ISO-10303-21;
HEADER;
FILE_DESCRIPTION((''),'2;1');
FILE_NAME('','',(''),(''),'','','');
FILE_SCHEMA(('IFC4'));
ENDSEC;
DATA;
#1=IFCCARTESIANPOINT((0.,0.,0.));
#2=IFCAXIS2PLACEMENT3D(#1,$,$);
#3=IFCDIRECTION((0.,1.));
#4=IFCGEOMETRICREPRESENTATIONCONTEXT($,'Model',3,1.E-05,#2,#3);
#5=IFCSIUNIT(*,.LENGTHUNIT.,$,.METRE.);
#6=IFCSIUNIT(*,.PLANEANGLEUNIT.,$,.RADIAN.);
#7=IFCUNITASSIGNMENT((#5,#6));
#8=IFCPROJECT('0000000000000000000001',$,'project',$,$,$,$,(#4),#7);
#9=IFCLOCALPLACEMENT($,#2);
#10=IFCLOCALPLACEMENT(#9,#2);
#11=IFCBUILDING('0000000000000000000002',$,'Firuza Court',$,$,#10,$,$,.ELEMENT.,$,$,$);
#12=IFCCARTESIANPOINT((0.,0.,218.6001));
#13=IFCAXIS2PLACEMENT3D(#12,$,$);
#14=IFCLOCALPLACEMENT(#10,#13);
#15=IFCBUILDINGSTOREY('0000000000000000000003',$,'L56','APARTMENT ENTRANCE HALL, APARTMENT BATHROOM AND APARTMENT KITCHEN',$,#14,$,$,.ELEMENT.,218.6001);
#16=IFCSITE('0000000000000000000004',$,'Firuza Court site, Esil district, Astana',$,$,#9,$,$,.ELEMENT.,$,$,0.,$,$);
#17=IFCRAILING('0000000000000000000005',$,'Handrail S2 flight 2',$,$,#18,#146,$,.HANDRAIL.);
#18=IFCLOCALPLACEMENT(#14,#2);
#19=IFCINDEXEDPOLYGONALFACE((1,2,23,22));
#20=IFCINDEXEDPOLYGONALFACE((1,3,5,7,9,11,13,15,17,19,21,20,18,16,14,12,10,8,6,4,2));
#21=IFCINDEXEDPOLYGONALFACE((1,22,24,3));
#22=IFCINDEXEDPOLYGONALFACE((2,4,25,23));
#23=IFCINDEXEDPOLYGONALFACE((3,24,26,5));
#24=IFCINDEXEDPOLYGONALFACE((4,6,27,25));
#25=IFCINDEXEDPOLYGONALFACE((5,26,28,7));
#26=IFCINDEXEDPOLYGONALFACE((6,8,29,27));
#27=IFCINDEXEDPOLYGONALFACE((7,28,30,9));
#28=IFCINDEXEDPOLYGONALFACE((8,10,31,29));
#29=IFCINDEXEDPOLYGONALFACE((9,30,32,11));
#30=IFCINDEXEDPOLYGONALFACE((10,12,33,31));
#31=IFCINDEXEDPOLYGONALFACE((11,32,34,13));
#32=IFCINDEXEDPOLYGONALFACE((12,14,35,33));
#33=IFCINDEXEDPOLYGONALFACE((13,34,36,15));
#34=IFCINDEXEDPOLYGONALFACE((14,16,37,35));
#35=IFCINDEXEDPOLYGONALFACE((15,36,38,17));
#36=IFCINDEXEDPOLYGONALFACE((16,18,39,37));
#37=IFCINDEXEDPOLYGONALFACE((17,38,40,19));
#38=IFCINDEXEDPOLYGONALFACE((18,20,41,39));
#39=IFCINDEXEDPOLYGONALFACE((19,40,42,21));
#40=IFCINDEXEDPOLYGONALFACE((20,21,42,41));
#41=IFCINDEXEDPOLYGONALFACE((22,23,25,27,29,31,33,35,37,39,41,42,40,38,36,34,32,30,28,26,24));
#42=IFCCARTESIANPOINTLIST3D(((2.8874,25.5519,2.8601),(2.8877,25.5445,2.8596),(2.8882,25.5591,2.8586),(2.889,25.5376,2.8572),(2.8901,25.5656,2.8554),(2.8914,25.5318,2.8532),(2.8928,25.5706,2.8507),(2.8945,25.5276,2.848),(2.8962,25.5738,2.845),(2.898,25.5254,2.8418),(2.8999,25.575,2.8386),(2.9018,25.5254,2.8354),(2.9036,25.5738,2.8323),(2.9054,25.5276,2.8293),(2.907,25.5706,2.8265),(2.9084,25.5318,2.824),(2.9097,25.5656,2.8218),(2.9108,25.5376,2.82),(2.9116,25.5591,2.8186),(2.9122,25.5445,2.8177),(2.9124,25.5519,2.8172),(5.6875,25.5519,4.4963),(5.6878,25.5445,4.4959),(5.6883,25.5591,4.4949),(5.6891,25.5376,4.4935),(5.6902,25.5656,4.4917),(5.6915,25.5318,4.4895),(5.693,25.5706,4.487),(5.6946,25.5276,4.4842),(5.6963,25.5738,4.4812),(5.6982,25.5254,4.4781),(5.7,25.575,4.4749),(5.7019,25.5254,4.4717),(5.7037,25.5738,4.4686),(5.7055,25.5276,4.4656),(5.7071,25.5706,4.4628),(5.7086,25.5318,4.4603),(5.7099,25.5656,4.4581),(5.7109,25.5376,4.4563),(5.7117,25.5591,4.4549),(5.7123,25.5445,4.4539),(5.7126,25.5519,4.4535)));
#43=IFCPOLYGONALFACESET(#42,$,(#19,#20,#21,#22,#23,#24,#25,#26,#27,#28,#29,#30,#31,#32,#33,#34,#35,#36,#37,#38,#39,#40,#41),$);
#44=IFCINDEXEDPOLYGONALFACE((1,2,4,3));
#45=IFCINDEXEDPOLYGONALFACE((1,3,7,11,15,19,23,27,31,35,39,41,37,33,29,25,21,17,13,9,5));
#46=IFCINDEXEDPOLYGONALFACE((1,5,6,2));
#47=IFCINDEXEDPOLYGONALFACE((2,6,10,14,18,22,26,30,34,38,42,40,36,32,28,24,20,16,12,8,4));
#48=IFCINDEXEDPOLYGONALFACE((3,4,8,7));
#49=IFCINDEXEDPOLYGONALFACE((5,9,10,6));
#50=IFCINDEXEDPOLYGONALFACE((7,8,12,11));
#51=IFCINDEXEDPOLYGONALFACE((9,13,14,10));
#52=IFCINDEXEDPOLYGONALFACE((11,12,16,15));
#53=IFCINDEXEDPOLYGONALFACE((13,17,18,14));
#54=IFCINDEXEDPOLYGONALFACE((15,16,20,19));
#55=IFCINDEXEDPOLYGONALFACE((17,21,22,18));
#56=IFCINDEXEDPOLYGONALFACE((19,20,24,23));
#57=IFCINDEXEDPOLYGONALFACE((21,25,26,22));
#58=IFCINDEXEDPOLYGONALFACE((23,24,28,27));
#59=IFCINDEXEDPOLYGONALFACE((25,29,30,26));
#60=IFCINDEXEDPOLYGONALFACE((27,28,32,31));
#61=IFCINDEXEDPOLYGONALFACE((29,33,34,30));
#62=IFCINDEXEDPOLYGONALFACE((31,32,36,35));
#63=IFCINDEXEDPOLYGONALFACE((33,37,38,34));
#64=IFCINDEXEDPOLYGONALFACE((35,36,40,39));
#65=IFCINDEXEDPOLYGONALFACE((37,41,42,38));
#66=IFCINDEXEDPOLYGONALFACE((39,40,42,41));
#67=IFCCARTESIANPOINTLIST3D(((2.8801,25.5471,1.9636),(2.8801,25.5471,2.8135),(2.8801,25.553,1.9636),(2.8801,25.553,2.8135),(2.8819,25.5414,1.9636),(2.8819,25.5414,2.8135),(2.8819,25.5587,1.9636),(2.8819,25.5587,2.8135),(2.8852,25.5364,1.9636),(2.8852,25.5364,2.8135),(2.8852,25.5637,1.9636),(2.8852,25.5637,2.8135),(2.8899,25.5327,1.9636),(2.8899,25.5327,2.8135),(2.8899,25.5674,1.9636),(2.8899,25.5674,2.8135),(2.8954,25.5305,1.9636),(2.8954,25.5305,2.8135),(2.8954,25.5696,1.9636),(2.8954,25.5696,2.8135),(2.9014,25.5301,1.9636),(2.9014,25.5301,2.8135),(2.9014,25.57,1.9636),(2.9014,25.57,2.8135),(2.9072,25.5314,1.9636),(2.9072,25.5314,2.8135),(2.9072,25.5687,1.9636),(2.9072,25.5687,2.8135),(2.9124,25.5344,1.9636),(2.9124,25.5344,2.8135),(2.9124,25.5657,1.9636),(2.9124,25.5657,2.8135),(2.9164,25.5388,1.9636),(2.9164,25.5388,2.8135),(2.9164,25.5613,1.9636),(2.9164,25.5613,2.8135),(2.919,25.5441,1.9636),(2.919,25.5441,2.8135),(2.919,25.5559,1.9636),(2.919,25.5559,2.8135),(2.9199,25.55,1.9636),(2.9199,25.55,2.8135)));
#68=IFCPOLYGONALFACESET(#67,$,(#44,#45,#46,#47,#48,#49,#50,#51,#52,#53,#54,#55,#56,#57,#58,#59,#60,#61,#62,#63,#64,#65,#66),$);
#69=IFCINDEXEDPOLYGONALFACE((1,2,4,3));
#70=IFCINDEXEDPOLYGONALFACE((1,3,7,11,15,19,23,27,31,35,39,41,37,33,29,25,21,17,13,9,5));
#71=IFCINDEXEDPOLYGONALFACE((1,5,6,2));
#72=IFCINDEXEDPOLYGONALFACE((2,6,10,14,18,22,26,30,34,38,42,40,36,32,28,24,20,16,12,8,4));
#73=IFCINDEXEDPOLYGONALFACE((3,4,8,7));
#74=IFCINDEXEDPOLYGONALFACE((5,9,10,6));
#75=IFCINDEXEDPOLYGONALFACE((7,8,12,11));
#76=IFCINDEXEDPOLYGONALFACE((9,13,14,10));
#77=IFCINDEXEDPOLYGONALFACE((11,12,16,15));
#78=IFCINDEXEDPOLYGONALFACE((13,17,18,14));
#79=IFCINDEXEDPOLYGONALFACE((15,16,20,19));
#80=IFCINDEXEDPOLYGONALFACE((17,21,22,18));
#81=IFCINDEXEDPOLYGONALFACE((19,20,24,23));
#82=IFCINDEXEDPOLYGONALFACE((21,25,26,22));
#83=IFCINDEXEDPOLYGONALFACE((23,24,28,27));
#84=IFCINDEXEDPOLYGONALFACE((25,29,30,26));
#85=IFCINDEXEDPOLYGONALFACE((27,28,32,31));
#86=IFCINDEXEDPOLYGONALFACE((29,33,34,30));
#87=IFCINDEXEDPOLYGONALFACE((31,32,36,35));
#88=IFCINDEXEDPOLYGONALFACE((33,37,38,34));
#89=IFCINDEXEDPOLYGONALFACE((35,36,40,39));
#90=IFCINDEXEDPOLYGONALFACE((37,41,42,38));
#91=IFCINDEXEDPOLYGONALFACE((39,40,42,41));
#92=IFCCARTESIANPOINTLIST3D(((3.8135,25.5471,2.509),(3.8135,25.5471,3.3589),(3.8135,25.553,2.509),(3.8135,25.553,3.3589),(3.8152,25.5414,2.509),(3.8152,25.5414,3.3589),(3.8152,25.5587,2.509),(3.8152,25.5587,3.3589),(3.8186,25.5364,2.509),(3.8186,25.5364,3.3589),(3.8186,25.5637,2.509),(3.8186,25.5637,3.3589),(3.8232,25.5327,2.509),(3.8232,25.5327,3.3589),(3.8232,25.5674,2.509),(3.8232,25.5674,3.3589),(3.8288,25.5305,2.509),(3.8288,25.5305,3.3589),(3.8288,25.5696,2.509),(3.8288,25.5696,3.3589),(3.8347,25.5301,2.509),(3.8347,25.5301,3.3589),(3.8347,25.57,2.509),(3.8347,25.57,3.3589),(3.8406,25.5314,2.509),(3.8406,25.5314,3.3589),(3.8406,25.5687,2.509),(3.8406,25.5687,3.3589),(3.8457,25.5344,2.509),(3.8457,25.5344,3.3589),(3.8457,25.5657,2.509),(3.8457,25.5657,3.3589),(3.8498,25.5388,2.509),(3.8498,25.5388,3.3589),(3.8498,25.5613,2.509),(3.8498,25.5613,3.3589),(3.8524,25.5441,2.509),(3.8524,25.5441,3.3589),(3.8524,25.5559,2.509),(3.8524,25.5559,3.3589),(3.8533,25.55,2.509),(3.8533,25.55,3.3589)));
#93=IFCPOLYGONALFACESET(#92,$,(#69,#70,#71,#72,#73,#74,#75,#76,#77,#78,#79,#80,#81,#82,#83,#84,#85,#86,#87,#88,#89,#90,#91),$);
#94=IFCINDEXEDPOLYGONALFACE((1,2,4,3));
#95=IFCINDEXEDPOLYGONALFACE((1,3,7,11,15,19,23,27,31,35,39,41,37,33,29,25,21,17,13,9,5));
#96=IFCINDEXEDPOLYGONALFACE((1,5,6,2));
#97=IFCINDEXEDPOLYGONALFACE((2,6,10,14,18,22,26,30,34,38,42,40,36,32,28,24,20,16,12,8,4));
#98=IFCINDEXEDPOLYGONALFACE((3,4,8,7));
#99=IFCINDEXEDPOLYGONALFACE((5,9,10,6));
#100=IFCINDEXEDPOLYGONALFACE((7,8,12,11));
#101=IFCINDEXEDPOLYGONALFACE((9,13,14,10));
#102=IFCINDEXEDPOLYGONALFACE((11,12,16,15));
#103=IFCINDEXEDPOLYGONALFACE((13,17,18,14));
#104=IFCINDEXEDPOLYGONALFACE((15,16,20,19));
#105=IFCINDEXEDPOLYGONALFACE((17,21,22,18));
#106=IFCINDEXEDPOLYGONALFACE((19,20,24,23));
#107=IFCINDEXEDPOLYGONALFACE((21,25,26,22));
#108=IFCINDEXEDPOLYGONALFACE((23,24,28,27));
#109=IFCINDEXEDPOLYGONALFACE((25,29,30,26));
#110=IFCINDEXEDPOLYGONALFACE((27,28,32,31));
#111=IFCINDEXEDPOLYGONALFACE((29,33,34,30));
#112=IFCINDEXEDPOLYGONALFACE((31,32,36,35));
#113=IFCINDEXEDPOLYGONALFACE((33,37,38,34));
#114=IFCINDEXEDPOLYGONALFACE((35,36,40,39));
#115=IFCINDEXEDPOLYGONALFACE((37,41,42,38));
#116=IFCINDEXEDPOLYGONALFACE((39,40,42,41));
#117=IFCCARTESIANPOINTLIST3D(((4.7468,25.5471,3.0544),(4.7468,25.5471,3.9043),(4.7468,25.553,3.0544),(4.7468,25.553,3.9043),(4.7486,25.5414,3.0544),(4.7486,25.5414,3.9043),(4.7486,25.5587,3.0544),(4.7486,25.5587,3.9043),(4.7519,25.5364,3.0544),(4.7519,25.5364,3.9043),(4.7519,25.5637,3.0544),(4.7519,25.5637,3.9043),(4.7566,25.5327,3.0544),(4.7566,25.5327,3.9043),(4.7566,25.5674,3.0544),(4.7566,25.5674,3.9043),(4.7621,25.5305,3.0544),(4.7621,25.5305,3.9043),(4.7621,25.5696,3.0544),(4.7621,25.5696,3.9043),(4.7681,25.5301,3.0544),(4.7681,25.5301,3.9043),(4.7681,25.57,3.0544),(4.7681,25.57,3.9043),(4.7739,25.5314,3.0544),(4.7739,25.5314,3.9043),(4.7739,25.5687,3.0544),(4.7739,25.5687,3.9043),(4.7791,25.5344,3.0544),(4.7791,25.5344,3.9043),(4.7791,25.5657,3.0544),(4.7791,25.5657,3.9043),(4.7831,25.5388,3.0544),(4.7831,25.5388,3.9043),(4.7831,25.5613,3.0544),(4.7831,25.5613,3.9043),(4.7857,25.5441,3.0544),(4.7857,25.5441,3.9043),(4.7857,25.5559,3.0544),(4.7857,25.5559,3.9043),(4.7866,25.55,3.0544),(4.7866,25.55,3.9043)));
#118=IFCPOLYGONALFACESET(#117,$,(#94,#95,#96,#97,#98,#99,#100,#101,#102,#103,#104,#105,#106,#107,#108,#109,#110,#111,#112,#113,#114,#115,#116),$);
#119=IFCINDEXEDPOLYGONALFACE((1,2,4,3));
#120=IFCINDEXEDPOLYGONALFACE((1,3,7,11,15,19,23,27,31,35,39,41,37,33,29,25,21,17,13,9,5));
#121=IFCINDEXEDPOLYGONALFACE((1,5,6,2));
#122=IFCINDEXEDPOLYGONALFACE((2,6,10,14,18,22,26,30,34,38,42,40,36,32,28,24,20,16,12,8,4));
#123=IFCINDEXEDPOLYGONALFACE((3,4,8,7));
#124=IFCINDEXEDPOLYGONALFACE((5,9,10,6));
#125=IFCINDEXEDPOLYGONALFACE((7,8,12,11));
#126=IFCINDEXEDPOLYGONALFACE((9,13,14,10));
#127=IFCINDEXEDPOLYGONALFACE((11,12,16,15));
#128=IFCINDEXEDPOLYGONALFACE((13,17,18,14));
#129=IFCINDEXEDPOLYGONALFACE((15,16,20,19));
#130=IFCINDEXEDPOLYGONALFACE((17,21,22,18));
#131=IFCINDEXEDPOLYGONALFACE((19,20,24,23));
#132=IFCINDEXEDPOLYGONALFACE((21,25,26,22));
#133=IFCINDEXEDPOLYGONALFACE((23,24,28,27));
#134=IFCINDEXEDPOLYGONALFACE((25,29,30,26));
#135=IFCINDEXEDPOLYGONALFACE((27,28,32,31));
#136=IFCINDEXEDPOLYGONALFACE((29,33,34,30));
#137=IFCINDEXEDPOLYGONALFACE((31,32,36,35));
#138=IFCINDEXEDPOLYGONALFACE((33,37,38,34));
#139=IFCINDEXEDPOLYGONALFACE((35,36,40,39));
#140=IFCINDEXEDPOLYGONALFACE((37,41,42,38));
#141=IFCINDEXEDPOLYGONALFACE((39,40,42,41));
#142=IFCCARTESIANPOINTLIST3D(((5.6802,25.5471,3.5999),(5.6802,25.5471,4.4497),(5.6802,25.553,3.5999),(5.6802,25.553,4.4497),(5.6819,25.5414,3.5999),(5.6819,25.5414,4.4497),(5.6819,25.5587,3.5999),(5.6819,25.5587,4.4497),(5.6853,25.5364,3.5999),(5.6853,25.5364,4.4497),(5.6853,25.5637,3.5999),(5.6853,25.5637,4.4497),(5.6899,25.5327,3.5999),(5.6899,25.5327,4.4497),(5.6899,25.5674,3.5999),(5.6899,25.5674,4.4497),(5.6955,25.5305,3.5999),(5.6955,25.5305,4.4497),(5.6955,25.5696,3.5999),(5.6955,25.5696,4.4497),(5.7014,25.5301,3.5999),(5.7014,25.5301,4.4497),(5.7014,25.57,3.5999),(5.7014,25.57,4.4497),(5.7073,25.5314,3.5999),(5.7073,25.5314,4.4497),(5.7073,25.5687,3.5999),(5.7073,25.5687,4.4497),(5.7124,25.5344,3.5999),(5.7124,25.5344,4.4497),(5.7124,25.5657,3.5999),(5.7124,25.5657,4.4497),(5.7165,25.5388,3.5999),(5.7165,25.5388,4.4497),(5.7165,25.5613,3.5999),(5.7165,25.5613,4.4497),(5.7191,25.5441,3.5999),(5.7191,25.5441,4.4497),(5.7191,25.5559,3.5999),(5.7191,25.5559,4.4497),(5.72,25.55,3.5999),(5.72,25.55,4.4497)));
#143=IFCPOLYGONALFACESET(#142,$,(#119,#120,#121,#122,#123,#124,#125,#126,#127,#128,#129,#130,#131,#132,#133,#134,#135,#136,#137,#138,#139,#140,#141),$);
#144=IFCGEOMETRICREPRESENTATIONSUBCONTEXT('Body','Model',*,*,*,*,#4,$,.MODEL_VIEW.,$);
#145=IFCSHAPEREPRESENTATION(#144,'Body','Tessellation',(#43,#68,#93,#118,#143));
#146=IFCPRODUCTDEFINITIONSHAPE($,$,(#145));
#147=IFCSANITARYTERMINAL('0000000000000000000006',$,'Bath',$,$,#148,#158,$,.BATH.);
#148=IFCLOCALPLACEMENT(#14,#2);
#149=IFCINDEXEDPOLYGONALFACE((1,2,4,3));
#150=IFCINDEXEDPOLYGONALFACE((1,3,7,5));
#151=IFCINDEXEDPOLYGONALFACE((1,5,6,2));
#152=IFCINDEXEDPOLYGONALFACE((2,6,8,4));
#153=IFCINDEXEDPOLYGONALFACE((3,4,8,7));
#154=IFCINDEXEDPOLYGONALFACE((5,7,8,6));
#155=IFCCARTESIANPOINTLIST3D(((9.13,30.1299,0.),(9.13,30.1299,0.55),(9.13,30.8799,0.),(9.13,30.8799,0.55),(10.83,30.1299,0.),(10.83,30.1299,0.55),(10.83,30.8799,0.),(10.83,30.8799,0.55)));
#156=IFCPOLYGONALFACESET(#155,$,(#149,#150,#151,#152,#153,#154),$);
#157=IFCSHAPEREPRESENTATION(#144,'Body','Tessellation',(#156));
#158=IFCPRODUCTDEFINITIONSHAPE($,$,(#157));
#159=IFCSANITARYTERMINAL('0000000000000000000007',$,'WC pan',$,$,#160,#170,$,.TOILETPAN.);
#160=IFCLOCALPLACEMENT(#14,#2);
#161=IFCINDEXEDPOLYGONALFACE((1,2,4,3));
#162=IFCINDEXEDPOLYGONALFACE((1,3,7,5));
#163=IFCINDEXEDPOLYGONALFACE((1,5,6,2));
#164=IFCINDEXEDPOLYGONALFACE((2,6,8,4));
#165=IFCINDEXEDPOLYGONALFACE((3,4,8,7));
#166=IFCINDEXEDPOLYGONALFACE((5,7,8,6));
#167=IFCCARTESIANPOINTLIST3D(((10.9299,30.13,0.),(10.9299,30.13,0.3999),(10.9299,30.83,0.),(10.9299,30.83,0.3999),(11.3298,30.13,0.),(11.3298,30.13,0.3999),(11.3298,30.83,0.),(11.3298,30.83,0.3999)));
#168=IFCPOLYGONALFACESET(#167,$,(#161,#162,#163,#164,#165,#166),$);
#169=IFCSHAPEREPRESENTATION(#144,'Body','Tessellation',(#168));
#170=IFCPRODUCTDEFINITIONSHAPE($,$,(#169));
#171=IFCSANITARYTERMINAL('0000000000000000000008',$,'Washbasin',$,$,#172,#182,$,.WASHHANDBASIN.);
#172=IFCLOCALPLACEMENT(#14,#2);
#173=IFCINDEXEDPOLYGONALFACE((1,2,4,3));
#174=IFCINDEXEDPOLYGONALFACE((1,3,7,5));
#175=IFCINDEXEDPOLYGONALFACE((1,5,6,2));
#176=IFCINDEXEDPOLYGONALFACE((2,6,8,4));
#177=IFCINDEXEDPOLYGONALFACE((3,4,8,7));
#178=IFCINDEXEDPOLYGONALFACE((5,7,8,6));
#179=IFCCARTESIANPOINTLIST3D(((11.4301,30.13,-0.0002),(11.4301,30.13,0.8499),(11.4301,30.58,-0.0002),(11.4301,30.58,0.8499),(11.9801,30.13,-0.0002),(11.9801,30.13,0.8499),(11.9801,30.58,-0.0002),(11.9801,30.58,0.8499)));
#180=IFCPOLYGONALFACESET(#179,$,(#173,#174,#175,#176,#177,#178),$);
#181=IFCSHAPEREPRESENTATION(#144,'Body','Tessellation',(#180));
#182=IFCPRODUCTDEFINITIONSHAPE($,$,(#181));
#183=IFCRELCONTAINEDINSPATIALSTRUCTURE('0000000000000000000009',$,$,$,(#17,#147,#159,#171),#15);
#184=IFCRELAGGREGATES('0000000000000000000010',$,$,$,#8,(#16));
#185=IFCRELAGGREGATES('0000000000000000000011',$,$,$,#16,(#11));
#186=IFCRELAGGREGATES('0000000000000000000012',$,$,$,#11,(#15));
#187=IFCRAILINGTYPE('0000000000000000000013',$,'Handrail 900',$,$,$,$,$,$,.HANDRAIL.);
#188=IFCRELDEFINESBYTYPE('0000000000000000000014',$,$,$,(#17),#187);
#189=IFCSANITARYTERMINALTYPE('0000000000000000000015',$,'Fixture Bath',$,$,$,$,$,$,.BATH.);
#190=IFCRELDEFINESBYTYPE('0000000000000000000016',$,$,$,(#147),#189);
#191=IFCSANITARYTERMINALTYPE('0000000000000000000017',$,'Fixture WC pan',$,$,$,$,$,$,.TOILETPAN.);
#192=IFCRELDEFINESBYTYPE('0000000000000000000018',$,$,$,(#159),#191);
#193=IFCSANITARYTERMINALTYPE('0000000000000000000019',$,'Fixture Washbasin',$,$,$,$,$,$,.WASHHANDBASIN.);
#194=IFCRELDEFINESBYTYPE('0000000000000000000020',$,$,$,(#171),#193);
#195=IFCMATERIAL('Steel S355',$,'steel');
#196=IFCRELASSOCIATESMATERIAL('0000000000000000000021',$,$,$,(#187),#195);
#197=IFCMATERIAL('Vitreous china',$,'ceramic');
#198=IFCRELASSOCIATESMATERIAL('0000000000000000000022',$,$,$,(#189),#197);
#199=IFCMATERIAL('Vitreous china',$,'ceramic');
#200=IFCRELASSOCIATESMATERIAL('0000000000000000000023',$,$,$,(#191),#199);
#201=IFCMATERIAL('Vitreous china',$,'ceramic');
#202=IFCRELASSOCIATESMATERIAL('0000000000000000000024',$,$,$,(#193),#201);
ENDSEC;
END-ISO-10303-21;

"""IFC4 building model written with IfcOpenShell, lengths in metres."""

from ifc_helpers import new_model, si_unit, direction, frame, origin, origin_2d, place, context, subcontext, project, spatial, rectangle, circle, extrude, material, type_object, element, save


model = new_model("IFC4")

# Units and contexts
model_context = context("Model", 3, precision=1e-05, world=origin(), true_north=direction((0.0, 1.0)))
body_context = subcontext(model_context, "Body", "Model", "MODEL_VIEW")
ifc_project = project(units=[si_unit("LENGTHUNIT", "METRE"), si_unit("PLANEANGLEUNIT", "RADIAN")], contexts=[model_context])

# Site, building, storey
site_placement = place(None, origin())
site = spatial("IfcSite", under=ifc_project, at=site_placement, Name="Firuza Court site, Esil district, Astana", CompositionType="ELEMENT", RefElevation=0.0)
building_placement = place(site_placement, origin())
building = spatial("IfcBuilding", under=site, at=building_placement, Name="Firuza Court", CompositionType="ELEMENT")
storey_placement = place(building_placement, frame((0.0, 0.0, 218.6001)))
storey = spatial("IfcBuildingStorey", under=building, at=storey_placement, Name="L56", Description="APARTMENT ENTRANCE HALL, APARTMENT BATHROOM AND APARTMENT KITCHEN", CompositionType="ELEMENT", Elevation=218.6001)

# Railing
ifc_material_1 = material(Name="Steel S355", Category="steel")
railing_type_1 = type_object("IfcRailingType", Name="Handrail 900", PredefinedType="HANDRAIL", material=ifc_material_1)
railing_1_placement = place(storey_placement, frame((2.8999, 25.55, 1.9636)))
element("IfcRailing", 1, at=railing_1_placement, inside=storey, type_object=railing_type_1, Name="Handrail S2 flight 2", PredefinedType="HANDRAIL", context=body_context, shape_type="SweptSolid", body=[
    extrude(circle(Radius=0.0249, at=origin_2d()), frame((0.0, 0.0, 0.875), z_axis=(0.863394, 0.0, 0.504531), x_axis=(0.0, 1.0, 0.0)), (0.0, 0.0, 1.0), 3.2432),
    extrude(circle(Radius=0.02, at=origin_2d()), origin(), (0.0, 0.0, 1.0), 0.8499),
    extrude(circle(Radius=0.02, at=origin_2d()), frame((0.9333, 0.0, 0.5454)), (0.0, 0.0, 1.0), 0.8499),
    extrude(circle(Radius=0.02, at=origin_2d()), frame((1.8667, 0.0, 1.0908)), (0.0, 0.0, 1.0), 0.8499),
    extrude(circle(Radius=0.02, at=origin_2d()), frame((2.8, 0.0, 1.6362)), (0.0, 0.0, 1.0), 0.8499),
])

# Sanitary terminals
ifc_material_2 = material(Name="Vitreous china", Category="ceramic")
sanitary_terminal_type_1 = type_object("IfcSanitaryTerminalType", Name="Fixture Bath", PredefinedType="BATH", material=ifc_material_2)
sanitary_terminal_1_placement = place(storey_placement, frame((9.98, 30.5049, 0.0), z_axis=(0.0, 0.0, 1.0), x_axis=(1.0, 0.0, 0.0)))
element("IfcSanitaryTerminal", 2, at=sanitary_terminal_1_placement, inside=storey, type_object=sanitary_terminal_type_1, Name="Bath", PredefinedType="BATH", context=body_context, shape_type="SweptSolid", body=[
    extrude(rectangle(XDim=1.7, YDim=0.75, at=origin_2d()), origin(), (0.0, 0.0, 1.0), 0.55),
])
ifc_material_3 = material(Name="Vitreous china", Category="ceramic")
sanitary_terminal_type_2 = type_object("IfcSanitaryTerminalType", Name="Fixture WC pan", PredefinedType="TOILETPAN", material=ifc_material_3)
sanitary_terminal_2_placement = place(storey_placement, frame((11.1299, 30.48, 0.0), z_axis=(0.0, 0.0, 1.0), x_axis=(1.0, 0.0, 0.0)))
element("IfcSanitaryTerminal", 3, at=sanitary_terminal_2_placement, inside=storey, type_object=sanitary_terminal_type_2, Name="WC pan", PredefinedType="TOILETPAN", context=body_context, shape_type="SweptSolid", body=[
    extrude(rectangle(XDim=0.3999, YDim=0.7, at=origin_2d()), origin(), (0.0, 0.0, 1.0), 0.3999),
])
ifc_material_4 = material(Name="Vitreous china", Category="ceramic")
sanitary_terminal_type_3 = type_object("IfcSanitaryTerminalType", Name="Fixture Washbasin", PredefinedType="WASHHANDBASIN", material=ifc_material_4)
sanitary_terminal_3_placement = place(storey_placement, frame((11.7051, 30.355, -0.0002), z_axis=(0.0, 0.0, 1.0), x_axis=(1.0, 0.0, 0.0)))
element("IfcSanitaryTerminal", 4, at=sanitary_terminal_3_placement, inside=storey, type_object=sanitary_terminal_type_3, Name="Washbasin", PredefinedType="WASHHANDBASIN", context=body_context, shape_type="SweptSolid", body=[
    extrude(rectangle(XDim=0.55, YDim=0.45, at=origin_2d()), origin(), (0.0, 0.0, 1.0), 0.8501),
])

save(model, "model.ifc")
